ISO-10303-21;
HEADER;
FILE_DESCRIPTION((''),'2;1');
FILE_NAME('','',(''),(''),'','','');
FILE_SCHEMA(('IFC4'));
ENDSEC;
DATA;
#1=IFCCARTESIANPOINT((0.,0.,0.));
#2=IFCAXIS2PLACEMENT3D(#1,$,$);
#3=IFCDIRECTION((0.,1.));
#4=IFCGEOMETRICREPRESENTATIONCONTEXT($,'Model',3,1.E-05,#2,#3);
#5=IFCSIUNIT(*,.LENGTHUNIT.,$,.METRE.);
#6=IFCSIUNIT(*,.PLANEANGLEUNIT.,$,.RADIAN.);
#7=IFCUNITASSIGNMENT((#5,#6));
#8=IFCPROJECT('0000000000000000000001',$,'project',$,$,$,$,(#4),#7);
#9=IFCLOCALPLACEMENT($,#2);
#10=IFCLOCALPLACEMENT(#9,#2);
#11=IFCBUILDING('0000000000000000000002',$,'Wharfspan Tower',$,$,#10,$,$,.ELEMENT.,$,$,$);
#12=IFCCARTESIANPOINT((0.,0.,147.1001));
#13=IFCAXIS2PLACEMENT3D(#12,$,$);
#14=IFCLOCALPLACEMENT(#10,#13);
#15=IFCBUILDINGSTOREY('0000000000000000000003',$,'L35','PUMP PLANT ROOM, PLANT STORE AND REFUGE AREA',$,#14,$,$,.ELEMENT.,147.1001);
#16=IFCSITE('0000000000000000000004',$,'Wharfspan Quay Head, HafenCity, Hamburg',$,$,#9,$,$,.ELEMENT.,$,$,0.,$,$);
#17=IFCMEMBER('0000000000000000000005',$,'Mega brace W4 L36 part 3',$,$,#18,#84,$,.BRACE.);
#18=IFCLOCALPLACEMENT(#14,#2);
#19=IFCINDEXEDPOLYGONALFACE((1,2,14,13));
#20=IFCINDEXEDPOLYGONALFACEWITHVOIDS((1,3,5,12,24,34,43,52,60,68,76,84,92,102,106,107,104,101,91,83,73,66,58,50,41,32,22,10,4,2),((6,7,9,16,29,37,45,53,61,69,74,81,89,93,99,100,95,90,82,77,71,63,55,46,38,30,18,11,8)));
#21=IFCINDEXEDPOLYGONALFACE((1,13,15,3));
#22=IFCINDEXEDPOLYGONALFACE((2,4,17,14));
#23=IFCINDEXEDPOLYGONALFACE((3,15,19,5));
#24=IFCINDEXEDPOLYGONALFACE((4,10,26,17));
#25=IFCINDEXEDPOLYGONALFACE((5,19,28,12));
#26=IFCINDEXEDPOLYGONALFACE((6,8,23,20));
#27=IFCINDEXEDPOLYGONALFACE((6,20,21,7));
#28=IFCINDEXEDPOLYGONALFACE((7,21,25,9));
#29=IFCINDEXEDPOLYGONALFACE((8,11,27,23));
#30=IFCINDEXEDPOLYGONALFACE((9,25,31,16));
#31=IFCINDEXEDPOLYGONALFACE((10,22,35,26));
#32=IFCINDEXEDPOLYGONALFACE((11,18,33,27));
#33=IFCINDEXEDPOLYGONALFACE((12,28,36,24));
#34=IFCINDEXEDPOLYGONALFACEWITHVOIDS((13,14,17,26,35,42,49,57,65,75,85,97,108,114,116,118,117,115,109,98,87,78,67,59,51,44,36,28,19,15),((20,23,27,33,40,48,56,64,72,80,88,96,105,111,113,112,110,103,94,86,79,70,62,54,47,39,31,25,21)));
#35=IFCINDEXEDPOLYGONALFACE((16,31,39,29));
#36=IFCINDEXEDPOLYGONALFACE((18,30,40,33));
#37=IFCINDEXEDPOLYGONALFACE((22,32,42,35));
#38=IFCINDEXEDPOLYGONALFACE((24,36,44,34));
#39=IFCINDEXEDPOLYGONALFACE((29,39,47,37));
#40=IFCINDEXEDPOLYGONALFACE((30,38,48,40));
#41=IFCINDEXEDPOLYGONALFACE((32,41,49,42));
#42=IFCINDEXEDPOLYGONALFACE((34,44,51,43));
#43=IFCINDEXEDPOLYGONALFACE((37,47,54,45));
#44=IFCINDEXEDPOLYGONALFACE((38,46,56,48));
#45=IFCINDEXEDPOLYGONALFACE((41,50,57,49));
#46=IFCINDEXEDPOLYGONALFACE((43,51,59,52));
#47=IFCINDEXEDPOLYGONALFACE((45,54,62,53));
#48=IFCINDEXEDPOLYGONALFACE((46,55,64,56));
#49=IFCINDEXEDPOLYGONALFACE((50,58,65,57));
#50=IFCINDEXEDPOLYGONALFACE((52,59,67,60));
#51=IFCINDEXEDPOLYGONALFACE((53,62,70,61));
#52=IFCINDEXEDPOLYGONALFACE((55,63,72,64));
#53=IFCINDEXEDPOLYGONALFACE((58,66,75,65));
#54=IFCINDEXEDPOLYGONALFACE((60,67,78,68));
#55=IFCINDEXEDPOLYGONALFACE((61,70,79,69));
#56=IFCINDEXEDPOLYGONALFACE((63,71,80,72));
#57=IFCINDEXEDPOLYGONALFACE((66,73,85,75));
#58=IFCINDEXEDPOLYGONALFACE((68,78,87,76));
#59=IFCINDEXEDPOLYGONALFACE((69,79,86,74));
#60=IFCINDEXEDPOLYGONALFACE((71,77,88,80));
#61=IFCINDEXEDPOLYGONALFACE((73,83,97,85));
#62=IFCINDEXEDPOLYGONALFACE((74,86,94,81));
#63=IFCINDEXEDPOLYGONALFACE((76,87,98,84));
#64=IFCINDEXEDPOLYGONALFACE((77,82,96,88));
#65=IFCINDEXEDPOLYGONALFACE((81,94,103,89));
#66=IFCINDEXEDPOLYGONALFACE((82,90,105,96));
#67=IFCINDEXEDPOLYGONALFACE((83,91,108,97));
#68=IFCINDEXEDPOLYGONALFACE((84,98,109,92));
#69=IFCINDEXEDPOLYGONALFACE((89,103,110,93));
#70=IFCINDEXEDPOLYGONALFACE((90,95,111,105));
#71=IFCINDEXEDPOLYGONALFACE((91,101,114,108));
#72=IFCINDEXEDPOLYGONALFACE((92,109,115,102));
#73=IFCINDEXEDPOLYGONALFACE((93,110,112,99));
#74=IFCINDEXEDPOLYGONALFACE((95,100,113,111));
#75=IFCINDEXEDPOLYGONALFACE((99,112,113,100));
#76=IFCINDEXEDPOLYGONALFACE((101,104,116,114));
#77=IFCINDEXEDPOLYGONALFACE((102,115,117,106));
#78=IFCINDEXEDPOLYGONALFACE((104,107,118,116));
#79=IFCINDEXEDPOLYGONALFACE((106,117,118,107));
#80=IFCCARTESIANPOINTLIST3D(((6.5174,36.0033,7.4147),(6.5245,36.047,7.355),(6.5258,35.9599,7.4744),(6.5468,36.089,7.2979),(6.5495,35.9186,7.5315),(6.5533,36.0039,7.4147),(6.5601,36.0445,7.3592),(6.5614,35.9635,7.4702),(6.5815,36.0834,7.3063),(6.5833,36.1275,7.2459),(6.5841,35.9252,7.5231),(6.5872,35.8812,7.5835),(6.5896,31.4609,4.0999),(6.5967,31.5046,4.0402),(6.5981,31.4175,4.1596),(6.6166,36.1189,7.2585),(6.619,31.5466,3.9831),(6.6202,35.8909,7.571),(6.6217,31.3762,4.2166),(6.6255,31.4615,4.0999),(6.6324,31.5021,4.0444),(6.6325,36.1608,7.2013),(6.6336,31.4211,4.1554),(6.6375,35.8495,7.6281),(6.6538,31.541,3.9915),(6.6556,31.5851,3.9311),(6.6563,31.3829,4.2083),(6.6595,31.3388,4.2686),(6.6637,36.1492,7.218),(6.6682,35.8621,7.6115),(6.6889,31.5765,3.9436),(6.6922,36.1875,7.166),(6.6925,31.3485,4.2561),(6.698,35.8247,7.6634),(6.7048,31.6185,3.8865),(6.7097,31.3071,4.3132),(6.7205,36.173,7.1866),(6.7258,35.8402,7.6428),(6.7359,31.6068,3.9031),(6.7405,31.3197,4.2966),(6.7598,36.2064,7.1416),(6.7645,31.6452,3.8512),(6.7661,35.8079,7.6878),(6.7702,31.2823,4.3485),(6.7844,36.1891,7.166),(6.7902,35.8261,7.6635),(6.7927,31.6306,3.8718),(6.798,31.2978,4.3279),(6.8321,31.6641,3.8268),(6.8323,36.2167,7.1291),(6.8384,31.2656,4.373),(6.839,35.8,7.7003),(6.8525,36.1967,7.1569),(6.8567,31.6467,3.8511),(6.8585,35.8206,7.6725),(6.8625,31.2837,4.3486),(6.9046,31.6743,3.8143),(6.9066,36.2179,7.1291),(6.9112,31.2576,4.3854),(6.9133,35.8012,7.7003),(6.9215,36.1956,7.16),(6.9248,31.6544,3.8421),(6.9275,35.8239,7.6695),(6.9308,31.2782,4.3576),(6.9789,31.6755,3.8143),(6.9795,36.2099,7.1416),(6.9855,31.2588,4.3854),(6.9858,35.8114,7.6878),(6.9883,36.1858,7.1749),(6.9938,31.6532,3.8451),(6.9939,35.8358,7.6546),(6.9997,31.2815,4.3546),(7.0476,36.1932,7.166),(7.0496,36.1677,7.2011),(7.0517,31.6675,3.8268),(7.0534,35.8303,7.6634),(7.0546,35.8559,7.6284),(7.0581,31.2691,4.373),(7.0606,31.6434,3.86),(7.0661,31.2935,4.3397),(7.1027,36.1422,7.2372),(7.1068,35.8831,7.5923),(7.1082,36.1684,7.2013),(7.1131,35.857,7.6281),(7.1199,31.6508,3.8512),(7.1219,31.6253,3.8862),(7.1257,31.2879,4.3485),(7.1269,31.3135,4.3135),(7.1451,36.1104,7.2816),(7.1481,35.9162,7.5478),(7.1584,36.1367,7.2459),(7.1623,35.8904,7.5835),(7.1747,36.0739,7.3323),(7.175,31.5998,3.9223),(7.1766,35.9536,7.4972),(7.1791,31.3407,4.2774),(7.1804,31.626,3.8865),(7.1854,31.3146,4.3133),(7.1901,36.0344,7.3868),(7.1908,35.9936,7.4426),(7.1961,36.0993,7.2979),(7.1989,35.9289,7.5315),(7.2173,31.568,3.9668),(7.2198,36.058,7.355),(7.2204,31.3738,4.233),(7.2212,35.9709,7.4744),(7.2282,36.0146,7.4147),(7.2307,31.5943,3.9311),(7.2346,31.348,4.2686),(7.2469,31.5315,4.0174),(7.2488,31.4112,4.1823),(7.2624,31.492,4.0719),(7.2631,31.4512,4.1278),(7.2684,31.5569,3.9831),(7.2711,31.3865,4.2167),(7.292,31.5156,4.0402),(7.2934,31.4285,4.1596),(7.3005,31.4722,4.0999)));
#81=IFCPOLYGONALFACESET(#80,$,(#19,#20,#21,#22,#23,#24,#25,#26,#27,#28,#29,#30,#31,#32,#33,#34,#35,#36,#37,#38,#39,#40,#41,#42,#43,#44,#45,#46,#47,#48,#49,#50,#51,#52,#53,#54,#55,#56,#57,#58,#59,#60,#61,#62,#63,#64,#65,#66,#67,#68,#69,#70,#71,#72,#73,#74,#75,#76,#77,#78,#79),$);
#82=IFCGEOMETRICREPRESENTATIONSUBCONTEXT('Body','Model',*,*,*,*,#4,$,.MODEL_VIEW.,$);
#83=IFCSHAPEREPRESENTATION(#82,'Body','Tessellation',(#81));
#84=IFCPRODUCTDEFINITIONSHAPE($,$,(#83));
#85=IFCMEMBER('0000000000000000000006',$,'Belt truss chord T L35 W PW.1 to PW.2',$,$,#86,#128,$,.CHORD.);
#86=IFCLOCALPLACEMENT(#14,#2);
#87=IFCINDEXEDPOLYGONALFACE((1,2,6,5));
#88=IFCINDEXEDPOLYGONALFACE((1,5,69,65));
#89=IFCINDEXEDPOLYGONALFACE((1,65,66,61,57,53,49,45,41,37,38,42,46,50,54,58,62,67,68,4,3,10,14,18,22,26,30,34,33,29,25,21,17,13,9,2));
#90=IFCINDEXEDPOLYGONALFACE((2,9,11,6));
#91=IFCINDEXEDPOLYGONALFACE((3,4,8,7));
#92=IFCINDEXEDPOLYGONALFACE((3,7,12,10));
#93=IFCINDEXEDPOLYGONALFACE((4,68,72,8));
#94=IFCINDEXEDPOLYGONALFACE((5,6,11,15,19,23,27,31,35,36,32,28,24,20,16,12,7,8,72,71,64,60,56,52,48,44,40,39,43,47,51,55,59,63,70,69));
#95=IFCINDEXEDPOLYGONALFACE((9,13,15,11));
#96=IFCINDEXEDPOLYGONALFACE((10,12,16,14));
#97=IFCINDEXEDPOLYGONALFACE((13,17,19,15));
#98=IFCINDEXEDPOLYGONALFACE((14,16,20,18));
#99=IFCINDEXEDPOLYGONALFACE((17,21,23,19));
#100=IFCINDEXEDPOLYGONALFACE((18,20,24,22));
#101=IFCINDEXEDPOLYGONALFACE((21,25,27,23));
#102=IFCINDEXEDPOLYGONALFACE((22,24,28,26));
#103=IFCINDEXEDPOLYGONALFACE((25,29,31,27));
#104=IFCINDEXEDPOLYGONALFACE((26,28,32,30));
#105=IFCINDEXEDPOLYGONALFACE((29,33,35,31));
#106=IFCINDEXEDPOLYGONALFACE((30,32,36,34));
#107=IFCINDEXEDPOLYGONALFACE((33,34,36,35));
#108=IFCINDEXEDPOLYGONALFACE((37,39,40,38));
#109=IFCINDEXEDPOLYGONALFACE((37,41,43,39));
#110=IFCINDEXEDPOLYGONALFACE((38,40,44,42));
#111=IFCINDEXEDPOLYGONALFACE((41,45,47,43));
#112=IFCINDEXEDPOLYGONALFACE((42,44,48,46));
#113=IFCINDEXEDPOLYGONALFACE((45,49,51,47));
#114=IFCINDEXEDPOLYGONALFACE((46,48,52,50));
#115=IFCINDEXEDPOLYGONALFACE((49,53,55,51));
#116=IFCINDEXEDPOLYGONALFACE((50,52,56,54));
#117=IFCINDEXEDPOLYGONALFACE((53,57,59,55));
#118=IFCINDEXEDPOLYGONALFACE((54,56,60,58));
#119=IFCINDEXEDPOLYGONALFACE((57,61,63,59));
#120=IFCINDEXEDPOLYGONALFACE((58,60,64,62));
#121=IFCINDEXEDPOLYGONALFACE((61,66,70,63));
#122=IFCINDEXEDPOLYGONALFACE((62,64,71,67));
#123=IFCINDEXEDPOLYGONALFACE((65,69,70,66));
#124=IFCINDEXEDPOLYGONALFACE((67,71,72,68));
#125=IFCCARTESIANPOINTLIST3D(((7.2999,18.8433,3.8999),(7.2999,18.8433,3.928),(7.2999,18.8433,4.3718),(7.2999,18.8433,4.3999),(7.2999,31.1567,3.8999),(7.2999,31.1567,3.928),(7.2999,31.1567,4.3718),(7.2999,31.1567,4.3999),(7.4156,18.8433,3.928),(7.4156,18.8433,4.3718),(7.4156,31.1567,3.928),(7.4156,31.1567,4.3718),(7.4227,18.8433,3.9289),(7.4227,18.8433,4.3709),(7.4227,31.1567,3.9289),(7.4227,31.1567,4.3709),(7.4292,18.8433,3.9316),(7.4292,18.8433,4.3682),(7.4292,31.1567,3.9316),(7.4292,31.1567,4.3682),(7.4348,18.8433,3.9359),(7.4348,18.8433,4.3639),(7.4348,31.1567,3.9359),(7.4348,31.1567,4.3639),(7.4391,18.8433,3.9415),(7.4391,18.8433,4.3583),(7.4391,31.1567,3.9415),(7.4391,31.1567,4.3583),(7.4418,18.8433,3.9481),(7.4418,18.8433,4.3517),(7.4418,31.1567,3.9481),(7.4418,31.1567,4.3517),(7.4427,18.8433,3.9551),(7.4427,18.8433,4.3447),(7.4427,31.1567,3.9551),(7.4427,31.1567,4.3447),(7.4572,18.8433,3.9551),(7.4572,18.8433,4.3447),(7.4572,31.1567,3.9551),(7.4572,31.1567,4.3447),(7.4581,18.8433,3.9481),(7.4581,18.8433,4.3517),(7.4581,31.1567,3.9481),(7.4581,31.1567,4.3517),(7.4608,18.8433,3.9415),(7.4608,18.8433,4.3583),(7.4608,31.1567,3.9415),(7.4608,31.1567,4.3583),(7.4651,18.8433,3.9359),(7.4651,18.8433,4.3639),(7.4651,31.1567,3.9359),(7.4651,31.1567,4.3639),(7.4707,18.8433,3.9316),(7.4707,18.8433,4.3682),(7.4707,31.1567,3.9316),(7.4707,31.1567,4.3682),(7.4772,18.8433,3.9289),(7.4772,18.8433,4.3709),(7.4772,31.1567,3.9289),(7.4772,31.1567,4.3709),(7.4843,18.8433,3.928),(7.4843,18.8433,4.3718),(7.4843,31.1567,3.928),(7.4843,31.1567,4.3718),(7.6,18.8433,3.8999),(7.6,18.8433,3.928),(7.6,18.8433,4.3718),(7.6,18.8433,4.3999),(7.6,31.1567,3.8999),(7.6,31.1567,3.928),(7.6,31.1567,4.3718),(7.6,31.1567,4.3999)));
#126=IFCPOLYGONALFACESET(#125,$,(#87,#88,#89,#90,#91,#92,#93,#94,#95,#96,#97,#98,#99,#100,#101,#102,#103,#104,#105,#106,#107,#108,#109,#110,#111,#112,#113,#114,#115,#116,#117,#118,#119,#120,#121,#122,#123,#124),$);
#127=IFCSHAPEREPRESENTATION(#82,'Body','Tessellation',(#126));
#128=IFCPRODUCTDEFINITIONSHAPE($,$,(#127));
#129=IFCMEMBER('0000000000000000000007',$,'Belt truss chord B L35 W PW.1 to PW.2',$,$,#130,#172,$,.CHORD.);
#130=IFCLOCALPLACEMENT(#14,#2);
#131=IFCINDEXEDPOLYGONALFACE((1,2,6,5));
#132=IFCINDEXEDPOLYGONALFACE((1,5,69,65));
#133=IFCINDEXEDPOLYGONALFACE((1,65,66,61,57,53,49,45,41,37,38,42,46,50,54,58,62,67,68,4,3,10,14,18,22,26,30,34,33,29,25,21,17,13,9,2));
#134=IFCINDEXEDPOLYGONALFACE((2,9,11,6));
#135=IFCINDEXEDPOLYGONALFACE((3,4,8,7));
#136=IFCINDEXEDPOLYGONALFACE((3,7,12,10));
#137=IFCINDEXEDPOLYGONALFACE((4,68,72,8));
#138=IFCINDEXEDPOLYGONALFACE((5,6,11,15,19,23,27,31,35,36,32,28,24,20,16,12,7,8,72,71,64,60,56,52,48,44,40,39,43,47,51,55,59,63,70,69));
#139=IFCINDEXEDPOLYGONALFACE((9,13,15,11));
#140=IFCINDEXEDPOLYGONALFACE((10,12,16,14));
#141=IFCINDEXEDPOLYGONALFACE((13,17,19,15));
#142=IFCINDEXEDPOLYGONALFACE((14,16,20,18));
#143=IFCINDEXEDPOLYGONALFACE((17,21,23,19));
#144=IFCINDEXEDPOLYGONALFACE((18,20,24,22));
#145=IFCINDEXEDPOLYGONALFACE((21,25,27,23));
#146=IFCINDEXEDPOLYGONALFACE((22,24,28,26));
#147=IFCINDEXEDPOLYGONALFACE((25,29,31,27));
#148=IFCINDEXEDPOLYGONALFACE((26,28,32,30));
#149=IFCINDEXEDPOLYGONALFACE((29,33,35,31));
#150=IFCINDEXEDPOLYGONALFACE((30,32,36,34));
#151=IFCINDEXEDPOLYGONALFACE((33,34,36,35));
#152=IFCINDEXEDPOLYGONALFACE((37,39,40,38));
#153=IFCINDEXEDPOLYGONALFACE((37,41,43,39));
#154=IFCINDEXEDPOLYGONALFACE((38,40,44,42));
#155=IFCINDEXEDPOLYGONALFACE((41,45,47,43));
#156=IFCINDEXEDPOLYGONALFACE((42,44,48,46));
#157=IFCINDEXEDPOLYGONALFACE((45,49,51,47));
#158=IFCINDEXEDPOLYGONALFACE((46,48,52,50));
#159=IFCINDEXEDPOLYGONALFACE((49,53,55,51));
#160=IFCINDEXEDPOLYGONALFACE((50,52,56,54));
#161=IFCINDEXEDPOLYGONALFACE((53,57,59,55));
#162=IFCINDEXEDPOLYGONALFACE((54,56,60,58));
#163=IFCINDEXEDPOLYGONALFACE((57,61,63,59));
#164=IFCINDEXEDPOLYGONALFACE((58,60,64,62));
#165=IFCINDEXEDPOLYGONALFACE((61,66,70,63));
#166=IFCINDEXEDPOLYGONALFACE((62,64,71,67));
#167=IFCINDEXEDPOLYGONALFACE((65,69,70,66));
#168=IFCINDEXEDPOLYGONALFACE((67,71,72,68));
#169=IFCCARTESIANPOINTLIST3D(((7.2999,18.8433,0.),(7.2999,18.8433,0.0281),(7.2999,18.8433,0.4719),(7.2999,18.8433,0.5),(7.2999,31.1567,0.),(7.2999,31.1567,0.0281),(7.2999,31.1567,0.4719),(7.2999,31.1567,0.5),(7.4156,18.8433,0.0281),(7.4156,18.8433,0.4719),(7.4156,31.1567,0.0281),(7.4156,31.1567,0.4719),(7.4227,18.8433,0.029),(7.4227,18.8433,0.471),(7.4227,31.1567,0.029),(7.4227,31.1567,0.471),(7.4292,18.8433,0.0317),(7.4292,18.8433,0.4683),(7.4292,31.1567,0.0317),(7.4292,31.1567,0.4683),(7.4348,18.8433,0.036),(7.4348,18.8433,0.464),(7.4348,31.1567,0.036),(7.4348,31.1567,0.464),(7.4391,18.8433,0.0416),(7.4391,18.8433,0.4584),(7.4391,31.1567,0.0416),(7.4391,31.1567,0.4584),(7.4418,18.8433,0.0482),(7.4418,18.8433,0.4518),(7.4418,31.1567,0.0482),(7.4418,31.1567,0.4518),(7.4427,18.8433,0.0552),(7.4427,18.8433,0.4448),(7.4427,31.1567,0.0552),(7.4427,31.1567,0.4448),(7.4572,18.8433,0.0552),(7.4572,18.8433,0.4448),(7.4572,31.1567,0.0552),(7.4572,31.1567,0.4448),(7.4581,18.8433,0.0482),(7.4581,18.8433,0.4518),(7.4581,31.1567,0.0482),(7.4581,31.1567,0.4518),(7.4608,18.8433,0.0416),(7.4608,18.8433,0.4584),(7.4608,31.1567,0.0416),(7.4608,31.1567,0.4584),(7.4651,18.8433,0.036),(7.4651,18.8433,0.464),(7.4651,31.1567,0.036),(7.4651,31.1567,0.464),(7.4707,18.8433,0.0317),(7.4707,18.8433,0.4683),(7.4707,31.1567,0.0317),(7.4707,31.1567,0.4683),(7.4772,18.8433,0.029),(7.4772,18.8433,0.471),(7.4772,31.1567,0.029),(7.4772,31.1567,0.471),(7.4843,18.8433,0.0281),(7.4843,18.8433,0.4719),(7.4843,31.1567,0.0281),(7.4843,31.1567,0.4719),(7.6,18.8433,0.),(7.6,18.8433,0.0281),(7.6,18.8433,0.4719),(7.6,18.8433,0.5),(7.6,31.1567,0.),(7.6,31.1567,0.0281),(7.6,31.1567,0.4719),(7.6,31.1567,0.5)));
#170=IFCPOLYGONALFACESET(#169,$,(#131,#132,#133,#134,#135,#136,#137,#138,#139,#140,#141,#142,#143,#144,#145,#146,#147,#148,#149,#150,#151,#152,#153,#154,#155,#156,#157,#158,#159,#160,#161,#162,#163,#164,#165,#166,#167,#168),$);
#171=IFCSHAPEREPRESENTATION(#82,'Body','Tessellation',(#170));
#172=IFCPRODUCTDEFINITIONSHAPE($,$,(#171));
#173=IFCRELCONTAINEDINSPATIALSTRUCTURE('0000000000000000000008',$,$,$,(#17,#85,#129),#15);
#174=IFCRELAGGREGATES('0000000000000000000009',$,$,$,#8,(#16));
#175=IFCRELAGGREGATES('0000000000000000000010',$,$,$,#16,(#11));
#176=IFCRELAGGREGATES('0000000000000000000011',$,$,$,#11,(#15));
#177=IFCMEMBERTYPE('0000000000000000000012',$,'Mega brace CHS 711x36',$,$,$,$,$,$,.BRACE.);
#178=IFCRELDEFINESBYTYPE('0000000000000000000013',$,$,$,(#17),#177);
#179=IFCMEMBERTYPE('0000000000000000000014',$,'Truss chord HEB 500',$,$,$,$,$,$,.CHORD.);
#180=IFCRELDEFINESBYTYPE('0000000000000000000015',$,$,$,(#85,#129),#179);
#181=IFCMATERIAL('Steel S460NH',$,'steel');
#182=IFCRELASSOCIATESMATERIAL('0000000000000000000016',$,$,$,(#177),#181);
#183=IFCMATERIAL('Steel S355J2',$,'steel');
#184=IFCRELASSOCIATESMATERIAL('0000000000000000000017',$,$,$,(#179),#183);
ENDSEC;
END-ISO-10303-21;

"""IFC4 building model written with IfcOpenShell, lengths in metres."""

from ifc_helpers import new_model, si_unit, direction, frame, origin, origin_2d, place, context, subcontext, project, spatial, hollow_circle, i_section, extrude, material, material_profile, profile_set, type_object, element, save


model = new_model("IFC4")

# Units and contexts
model_context = context("Model", 3, precision=1e-05, world=origin(), true_north=direction((0.0, 1.0)))
body_context = subcontext(model_context, "Body", "Model", "MODEL_VIEW")
ifc_project = project(units=[si_unit("LENGTHUNIT", "METRE"), si_unit("PLANEANGLEUNIT", "RADIAN")], contexts=[model_context])

# Site, building, storey
site_placement = place(None, origin())
site = spatial("IfcSite", under=ifc_project, at=site_placement, Name="Wharfspan Quay Head, HafenCity, Hamburg", CompositionType="ELEMENT", RefElevation=0.0)
building_placement = place(site_placement, origin())
building = spatial("IfcBuilding", under=site, at=building_placement, Name="Wharfspan Tower", CompositionType="ELEMENT")
storey_placement = place(building_placement, frame((0.0, 0.0, 147.1001)))
storey = spatial("IfcBuildingStorey", under=building, at=storey_placement, Name="L35", Description="PUMP PLANT ROOM, PLANT STORE AND REFUGE AREA", CompositionType="ELEMENT", Elevation=147.1001)

# Shared definitions
ifc_material_1 = material(Name="Steel S355J2", Category="steel")

# Members
ifc_material_2 = material(Name="Steel S460NH", Category="steel")
ifc_material_profile_1 = material_profile(ifc_material_2, hollow_circle(Radius=0.3555, WallThickness=0.0359, at=origin_2d()))
ifc_profile_set_1 = profile_set([ifc_material_profile_1], Name="Steel S460NH")
member_type_1 = type_object("IfcMemberType", Name="Mega brace CHS 711x36", PredefinedType="BRACE", material=ifc_profile_set_1)
member_1_placement = place(storey_placement, frame((6.9451, 31.4666, 4.0999), z_axis=(-0.01285, 0.807711, 0.589439), x_axis=(-0.999876, -0.015905, -0.000003)))
element("IfcMember", 1, at=member_1_placement, inside=storey, type_object=member_type_1, Name="Mega brace W4 L36 part 3", PredefinedType="BRACE", context=body_context, shape_type="SweptSolid", body=[
    extrude(hollow_circle(Radius=0.3555, WallThickness=0.0359, at=origin_2d()), origin(), (0.0, 0.0, 1.0), 5.6238),
])
ifc_material_profile_2 = material_profile(ifc_material_1, i_section(OverallWidth=0.3, OverallDepth=0.5, WebThickness=0.0144, FlangeThickness=0.0281, FilletRadius=0.0271, at=origin_2d()))
ifc_profile_set_2 = profile_set([ifc_material_profile_2], Name="Steel S355J2")
member_type_2 = type_object("IfcMemberType", Name="Truss chord HEB 500", PredefinedType="CHORD", material=ifc_profile_set_2)
for number, where, z_axis, x_axis, name in (
    (2, (7.45, 31.1567, 4.1499), (0.0, -1.0, 0.0), (1.0, 0.0, 0.0), "Belt truss chord T L35 W PW.1 to PW.2"),
    (3, (7.45, 31.1567, 0.25), (0.0, -1.0, 0.0), (1.0, 0.0, 0.0), "Belt truss chord B L35 W PW.1 to PW.2"),
):
    element("IfcMember", number, at=place(storey_placement, frame(where, z_axis=z_axis, x_axis=x_axis)), inside=storey, type_object=member_type_2, Name=name, PredefinedType="CHORD", context=body_context, shape_type="SweptSolid", body=[
        extrude(i_section(OverallWidth=0.3, OverallDepth=0.5, WebThickness=0.0144, FlangeThickness=0.0281, FilletRadius=0.0271, at=origin_2d()), origin(), (0.0, 0.0, 1.0), 12.3135),
    ])

save(model, "model.ifc")
